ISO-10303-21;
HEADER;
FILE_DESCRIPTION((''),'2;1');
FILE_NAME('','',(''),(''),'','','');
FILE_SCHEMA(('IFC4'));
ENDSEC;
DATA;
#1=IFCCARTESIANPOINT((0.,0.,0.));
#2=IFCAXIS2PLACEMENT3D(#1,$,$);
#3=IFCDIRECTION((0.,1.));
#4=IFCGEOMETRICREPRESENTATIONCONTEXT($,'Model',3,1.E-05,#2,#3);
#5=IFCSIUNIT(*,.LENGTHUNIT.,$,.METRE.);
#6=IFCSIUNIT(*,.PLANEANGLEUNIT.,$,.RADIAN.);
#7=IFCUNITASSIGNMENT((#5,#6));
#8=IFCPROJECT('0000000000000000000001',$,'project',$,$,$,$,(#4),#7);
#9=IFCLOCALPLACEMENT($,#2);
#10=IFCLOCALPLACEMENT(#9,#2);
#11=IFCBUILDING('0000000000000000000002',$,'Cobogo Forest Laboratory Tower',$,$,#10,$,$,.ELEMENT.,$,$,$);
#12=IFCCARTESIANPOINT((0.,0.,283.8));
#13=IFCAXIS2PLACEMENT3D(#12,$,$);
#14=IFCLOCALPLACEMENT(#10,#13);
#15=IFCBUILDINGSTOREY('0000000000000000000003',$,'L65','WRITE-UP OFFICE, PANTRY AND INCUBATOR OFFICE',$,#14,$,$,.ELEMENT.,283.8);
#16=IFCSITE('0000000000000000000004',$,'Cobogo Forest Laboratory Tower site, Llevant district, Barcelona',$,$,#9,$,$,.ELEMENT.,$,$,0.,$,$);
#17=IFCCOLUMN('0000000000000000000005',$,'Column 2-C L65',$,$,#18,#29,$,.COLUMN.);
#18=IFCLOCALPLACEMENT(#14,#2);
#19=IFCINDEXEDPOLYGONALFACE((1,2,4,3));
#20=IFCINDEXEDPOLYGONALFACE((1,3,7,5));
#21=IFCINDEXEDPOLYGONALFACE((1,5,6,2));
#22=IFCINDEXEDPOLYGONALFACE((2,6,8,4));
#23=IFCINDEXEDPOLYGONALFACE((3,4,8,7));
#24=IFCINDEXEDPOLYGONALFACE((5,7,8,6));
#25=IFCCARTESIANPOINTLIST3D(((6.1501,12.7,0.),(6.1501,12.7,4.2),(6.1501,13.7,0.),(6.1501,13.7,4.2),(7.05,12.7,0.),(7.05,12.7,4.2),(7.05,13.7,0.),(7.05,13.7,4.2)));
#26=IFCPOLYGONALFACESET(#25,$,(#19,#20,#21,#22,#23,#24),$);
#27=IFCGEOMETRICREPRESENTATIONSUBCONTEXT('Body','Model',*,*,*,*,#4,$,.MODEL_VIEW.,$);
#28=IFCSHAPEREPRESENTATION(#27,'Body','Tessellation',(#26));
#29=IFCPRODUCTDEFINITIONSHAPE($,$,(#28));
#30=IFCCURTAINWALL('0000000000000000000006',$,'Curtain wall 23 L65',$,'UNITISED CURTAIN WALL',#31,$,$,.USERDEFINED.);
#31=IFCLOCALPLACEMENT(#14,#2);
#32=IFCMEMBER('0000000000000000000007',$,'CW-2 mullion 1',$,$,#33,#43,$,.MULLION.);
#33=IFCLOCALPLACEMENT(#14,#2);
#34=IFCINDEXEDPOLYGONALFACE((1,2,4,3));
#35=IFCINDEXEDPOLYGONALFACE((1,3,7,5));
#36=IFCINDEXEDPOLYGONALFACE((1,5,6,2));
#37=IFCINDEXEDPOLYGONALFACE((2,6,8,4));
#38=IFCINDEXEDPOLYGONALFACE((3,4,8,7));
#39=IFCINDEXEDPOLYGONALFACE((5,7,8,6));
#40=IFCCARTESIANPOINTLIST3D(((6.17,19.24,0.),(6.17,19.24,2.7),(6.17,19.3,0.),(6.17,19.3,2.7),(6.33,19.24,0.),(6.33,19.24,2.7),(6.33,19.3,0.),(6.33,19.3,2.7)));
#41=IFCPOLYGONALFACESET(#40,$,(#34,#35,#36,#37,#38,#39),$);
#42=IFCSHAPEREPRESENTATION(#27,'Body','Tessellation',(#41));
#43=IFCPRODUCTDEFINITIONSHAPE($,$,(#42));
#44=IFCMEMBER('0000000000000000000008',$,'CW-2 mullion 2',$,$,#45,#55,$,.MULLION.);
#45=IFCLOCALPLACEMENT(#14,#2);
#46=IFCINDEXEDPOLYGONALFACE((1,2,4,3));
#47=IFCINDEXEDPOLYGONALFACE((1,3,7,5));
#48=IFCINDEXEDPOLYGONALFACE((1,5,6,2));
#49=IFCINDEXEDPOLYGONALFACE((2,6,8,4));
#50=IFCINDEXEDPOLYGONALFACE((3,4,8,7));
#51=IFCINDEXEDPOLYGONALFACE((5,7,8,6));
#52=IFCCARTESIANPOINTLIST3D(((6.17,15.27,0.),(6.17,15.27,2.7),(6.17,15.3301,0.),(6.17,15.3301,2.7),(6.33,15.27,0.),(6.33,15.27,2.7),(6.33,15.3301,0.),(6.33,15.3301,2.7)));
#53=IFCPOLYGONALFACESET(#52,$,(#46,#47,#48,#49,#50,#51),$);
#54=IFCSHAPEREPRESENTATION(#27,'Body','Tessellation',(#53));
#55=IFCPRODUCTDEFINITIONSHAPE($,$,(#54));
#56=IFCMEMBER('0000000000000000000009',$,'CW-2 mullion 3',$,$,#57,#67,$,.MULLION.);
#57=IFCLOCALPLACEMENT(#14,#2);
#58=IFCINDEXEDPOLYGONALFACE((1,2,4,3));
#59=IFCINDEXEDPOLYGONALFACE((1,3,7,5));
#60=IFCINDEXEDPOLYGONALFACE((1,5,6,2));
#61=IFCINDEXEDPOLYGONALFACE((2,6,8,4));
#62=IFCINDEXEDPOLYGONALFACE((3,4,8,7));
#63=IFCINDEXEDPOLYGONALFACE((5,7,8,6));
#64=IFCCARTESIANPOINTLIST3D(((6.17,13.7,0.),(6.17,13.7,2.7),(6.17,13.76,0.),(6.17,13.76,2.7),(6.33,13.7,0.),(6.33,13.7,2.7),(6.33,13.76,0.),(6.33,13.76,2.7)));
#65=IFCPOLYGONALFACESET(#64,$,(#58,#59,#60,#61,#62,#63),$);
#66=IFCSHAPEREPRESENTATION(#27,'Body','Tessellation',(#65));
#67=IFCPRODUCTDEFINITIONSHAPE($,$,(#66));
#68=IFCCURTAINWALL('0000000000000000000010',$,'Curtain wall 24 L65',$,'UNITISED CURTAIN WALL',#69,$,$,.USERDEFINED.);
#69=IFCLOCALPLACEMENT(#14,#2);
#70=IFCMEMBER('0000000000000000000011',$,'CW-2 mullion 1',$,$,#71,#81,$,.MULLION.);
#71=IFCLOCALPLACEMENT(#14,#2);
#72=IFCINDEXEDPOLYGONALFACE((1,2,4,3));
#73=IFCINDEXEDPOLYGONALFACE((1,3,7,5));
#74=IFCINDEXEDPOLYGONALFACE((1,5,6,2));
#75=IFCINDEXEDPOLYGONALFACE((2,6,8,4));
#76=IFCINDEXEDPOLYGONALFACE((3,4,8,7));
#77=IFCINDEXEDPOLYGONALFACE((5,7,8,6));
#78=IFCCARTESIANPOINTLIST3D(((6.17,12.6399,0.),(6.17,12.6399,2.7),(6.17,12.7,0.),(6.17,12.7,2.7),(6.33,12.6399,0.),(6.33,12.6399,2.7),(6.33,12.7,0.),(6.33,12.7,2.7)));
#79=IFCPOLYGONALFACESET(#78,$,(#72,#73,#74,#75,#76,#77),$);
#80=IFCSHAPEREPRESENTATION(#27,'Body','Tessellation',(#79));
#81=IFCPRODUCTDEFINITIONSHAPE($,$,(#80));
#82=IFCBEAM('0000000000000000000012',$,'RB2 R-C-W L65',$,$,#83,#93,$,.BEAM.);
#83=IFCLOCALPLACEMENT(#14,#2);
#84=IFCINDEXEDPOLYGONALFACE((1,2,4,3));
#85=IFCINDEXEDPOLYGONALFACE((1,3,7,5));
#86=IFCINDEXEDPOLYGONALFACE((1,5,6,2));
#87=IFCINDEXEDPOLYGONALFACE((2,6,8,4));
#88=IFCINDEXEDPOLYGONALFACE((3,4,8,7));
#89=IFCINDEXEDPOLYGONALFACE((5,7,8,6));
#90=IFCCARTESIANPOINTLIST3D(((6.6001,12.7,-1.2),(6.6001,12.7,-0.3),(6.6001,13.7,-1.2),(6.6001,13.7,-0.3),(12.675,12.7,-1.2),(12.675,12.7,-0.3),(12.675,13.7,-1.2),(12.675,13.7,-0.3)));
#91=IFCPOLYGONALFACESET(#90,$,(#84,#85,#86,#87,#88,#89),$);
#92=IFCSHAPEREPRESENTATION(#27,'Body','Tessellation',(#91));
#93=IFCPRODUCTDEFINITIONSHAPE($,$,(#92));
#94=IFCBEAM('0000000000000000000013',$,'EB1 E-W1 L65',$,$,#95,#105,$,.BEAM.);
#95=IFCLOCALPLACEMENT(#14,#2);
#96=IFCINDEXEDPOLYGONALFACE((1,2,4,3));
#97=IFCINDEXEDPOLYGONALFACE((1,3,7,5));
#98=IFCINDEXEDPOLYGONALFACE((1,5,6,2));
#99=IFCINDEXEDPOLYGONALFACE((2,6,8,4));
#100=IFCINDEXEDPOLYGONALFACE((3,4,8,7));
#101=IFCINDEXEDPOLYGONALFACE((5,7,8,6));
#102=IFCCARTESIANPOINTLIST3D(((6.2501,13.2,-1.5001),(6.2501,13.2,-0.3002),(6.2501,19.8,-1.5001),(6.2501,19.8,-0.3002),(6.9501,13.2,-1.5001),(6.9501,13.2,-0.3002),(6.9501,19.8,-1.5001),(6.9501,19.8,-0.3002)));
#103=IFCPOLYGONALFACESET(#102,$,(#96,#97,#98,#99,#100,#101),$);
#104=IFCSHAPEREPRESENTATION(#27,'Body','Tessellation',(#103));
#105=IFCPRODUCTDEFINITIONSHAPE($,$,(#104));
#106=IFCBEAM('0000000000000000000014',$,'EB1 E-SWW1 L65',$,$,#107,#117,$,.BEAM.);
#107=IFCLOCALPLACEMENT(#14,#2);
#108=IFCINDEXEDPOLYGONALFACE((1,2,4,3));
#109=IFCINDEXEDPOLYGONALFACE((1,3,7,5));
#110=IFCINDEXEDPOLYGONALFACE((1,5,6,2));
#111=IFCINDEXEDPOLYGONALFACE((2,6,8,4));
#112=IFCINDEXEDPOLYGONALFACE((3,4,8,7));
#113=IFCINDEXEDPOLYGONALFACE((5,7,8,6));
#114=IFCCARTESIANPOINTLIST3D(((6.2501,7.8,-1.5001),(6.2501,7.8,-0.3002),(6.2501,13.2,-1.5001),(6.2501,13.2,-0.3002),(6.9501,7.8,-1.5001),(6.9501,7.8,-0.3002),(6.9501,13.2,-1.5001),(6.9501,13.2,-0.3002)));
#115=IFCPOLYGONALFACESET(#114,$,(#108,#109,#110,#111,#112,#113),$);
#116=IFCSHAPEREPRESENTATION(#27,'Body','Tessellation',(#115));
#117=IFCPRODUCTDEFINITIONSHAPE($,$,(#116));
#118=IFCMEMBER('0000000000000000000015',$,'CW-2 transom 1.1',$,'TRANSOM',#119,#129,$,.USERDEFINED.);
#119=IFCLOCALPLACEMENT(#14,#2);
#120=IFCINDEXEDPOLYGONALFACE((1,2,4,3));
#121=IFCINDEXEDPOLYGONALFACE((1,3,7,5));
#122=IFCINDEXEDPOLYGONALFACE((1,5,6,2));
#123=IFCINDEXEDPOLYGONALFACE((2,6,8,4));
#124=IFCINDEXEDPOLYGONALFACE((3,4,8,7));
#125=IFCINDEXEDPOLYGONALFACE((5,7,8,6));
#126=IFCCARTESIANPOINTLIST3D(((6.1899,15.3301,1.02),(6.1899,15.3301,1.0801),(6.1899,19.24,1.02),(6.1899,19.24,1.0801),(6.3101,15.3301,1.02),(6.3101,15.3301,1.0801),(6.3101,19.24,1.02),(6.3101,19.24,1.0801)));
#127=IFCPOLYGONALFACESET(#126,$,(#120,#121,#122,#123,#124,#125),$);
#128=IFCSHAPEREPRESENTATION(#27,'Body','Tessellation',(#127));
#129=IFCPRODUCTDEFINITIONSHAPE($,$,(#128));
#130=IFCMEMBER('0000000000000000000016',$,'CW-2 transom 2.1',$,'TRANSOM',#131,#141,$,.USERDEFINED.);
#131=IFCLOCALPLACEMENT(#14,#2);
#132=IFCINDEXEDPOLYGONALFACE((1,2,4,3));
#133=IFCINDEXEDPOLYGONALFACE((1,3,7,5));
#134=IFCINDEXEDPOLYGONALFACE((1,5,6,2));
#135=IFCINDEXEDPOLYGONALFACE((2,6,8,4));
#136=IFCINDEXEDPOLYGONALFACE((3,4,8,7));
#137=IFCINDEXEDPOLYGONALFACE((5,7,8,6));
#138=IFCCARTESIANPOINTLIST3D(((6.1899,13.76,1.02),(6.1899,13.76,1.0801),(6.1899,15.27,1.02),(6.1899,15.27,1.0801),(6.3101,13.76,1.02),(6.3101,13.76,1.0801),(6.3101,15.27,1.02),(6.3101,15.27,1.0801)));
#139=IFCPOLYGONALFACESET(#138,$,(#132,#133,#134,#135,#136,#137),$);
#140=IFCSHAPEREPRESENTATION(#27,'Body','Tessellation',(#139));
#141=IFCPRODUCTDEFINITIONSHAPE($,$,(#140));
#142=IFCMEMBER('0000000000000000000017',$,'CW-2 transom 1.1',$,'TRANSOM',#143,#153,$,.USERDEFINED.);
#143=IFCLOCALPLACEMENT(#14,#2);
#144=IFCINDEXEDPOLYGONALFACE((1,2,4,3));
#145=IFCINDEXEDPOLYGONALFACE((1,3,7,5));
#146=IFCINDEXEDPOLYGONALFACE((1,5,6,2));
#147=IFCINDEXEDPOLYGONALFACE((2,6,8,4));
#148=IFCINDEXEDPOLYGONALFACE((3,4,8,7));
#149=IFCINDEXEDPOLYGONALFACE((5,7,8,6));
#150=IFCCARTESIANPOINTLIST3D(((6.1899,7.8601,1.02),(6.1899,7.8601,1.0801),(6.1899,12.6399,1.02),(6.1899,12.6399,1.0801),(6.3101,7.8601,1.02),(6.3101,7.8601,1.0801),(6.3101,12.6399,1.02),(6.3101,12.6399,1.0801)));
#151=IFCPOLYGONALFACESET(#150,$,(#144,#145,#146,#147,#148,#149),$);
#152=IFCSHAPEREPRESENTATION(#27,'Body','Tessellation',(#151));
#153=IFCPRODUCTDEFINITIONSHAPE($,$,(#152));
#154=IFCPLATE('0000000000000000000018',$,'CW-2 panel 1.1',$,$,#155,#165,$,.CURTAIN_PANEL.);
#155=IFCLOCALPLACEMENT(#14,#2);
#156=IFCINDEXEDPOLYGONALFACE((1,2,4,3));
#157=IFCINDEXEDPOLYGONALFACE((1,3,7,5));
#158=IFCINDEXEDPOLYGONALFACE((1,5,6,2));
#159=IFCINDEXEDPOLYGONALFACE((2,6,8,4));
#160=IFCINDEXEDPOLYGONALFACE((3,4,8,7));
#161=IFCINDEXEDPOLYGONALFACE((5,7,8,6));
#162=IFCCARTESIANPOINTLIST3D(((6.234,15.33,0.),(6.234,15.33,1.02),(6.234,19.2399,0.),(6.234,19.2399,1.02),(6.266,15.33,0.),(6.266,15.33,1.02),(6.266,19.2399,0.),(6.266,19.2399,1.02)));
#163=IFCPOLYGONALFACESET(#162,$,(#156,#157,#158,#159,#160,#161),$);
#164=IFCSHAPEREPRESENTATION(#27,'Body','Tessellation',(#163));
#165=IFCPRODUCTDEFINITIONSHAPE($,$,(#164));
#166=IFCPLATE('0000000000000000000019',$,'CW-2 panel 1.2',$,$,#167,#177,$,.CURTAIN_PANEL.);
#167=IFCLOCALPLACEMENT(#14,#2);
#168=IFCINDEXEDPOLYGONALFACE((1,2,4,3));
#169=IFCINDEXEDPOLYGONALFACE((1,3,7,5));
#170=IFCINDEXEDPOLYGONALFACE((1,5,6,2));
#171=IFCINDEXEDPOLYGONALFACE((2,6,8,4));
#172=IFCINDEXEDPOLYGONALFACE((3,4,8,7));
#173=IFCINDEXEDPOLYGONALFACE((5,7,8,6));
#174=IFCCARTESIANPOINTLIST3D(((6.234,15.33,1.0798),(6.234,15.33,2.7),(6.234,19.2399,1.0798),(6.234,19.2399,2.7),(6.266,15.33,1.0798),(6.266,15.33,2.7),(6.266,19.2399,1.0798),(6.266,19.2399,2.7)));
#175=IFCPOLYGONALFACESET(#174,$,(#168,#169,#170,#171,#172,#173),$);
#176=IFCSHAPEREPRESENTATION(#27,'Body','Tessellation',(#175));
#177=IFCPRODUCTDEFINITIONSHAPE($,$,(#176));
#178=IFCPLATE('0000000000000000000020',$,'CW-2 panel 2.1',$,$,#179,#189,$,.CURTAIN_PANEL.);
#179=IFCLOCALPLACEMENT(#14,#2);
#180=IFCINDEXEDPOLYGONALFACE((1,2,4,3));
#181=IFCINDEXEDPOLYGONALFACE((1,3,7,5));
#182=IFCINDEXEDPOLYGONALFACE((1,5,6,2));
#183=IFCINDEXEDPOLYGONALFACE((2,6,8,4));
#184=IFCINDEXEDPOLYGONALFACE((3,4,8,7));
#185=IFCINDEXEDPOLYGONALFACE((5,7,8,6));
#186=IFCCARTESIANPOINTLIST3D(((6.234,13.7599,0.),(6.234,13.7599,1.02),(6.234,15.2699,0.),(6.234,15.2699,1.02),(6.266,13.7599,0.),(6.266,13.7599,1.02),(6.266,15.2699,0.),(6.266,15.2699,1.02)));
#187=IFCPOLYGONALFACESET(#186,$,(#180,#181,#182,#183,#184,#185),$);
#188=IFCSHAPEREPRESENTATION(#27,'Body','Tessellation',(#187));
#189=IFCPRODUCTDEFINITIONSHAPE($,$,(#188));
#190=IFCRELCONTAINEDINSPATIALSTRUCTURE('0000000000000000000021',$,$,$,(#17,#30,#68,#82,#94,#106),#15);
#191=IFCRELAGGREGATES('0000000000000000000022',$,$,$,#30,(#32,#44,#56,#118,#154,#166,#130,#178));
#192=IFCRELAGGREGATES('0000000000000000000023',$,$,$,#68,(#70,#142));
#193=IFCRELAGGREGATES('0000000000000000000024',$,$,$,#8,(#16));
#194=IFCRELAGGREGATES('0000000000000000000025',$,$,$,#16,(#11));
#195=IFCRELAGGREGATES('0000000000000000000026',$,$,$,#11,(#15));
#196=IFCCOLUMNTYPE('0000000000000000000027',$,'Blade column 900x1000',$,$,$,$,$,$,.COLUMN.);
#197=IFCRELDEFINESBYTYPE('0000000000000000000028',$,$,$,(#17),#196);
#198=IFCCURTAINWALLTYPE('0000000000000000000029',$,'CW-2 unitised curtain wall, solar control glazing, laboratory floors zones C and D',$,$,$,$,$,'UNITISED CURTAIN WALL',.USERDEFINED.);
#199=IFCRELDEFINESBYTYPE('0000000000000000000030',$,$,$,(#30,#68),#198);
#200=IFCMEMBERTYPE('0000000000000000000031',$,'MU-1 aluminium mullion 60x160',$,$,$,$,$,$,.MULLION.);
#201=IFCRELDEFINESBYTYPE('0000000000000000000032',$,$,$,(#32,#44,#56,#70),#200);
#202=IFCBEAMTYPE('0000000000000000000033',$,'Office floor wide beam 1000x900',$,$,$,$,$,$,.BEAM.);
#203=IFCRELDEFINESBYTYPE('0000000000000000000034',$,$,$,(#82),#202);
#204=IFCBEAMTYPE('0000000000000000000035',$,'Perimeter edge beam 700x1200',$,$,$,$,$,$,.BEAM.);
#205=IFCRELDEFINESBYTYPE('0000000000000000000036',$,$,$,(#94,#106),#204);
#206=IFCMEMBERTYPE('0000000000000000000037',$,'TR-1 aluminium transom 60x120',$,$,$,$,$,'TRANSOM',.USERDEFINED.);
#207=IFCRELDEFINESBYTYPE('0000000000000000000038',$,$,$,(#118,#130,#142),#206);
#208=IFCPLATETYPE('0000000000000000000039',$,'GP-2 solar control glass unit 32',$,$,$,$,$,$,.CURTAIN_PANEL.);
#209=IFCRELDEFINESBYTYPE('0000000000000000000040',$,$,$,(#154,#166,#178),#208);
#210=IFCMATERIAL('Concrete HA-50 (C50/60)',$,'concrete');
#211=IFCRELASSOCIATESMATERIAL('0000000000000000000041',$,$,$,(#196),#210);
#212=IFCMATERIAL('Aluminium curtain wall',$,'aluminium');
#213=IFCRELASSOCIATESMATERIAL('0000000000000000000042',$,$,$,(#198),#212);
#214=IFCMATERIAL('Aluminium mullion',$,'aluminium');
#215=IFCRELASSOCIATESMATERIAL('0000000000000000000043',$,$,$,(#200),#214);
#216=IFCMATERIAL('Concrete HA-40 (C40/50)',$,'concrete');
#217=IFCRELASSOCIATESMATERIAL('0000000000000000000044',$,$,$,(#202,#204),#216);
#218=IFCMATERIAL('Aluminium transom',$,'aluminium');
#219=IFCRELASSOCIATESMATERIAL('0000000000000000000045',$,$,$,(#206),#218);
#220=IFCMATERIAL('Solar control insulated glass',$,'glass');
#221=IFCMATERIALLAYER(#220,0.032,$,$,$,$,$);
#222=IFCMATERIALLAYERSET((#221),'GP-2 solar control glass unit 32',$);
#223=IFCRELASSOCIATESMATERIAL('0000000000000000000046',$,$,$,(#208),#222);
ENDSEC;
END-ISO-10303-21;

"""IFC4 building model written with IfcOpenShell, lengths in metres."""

from ifc_helpers import new_model, si_unit, direction, frame, origin, origin_2d, place, context, subcontext, project, spatial, rectangle, extrude, material, layer, layer_set, material_profile, profile_set, type_object, element, aggregate, save


model = new_model("IFC4")

# Units and contexts
model_context = context("Model", 3, precision=1e-05, world=origin(), true_north=direction((0.0, 1.0)))
body_context = subcontext(model_context, "Body", "Model", "MODEL_VIEW")
ifc_project = project(units=[si_unit("LENGTHUNIT", "METRE"), si_unit("PLANEANGLEUNIT", "RADIAN")], contexts=[model_context])

# Site, building, storey
site_placement = place(None, origin())
site = spatial("IfcSite", under=ifc_project, at=site_placement, Name="Cobogo Forest Laboratory Tower site, Llevant district, Barcelona", CompositionType="ELEMENT", RefElevation=0.0)
building_placement = place(site_placement, origin())
building = spatial("IfcBuilding", under=site, at=building_placement, Name="Cobogo Forest Laboratory Tower", CompositionType="ELEMENT")
storey_placement = place(building_placement, frame((0.0, 0.0, 283.8)))
storey = spatial("IfcBuildingStorey", under=building, at=storey_placement, Name="L65", Description="WRITE-UP OFFICE, PANTRY AND INCUBATOR OFFICE", CompositionType="ELEMENT", Elevation=283.8)

# Column
ifc_material_1 = material(Name="Concrete HA-50 (C50/60)", Category="concrete")
ifc_material_profile_1 = material_profile(ifc_material_1, rectangle(XDim=1.0, YDim=0.8999, at=origin_2d()), Name="RC 900x1000")
ifc_profile_set_1 = profile_set([ifc_material_profile_1], Name="Concrete HA-50 (C50/60)")
column_type = type_object("IfcColumnType", Name="Blade column 900x1000", PredefinedType="COLUMN", material=ifc_profile_set_1)
column_placement = place(storey_placement, frame((6.6001, 13.2, 0.0), z_axis=(0.0, 0.0, 1.0), x_axis=(0.0, 1.0, 0.0)))
element("IfcColumn", 1, at=column_placement, inside=storey, type_object=column_type, Name="Column 2-C L65", PredefinedType="COLUMN", context=body_context, shape_type="SweptSolid", body=[
    extrude(rectangle(XDim=1.0, YDim=0.8999, at=origin_2d()), origin(), (0.0, 0.0, 1.0), 4.2),
])

# Curtain wall, members
ifc_material_2 = material(Name="Aluminium curtain wall", Category="aluminium")
curtain_wall_type = type_object("IfcCurtainWallType", Name="CW-2 unitised curtain wall, solar control glazing, laboratory floors zones C and D", ElementType="UNITISED CURTAIN WALL", PredefinedType="USERDEFINED", material=ifc_material_2)
curtain_wall_1_placement = place(storey_placement, origin())
curtain_wall_1 = element("IfcCurtainWall", 2, at=curtain_wall_1_placement, inside=storey, type_object=curtain_wall_type, Name="Curtain wall 23 L65", ObjectType="UNITISED CURTAIN WALL", PredefinedType="USERDEFINED")
ifc_material_3 = material(Name="Aluminium mullion", Category="aluminium")
ifc_material_profile_2 = material_profile(ifc_material_3, rectangle(XDim=0.0601, YDim=0.1599, at=origin_2d()), Name="AL 60x160")
ifc_profile_set_2 = profile_set([ifc_material_profile_2], Name="Aluminium mullion")
member_type_1 = type_object("IfcMemberType", Name="MU-1 aluminium mullion 60x160", PredefinedType="MULLION", material=ifc_profile_set_2)
member_1_placement = place(storey_placement, frame((6.25, 19.27, 0.0), z_axis=(0.0, 0.0, 1.0), x_axis=(0.0, -1.0, 0.0)))
member_1 = element("IfcMember", 3, at=member_1_placement, type_object=member_type_1, Name="CW-2 mullion 1", PredefinedType="MULLION", context=body_context, shape_type="SweptSolid", body=[
    extrude(rectangle(XDim=0.0601, YDim=0.1599, at=origin_2d()), origin(), (0.0, 0.0, 1.0), 2.7),
])
member_2_placement = place(storey_placement, frame((6.25, 15.3, 0.0), z_axis=(0.0, 0.0, 1.0), x_axis=(0.0, -1.0, 0.0)))
member_2 = element("IfcMember", 4, at=member_2_placement, type_object=member_type_1, Name="CW-2 mullion 2", PredefinedType="MULLION", context=body_context, shape_type="SweptSolid", body=[
    extrude(rectangle(XDim=0.0601, YDim=0.1599, at=origin_2d()), origin(), (0.0, 0.0, 1.0), 2.7),
])
member_3_placement = place(storey_placement, frame((6.25, 13.73, 0.0), z_axis=(0.0, 0.0, 1.0), x_axis=(0.0, -1.0, 0.0)))
member_3 = element("IfcMember", 5, at=member_3_placement, type_object=member_type_1, Name="CW-2 mullion 3", PredefinedType="MULLION", context=body_context, shape_type="SweptSolid", body=[
    extrude(rectangle(XDim=0.0601, YDim=0.1599, at=origin_2d()), origin(), (0.0, 0.0, 1.0), 2.7),
])

# Curtain wall, member
curtain_wall_2_placement = place(storey_placement, origin())
curtain_wall_2 = element("IfcCurtainWall", 6, at=curtain_wall_2_placement, inside=storey, type_object=curtain_wall_type, Name="Curtain wall 24 L65", ObjectType="UNITISED CURTAIN WALL", PredefinedType="USERDEFINED")
member_4_placement = place(storey_placement, frame((6.25, 12.6699, 0.0), z_axis=(0.0, 0.0, 1.0), x_axis=(0.0, -1.0, 0.0)))
member_4 = element("IfcMember", 7, at=member_4_placement, type_object=member_type_1, Name="CW-2 mullion 1", PredefinedType="MULLION", context=body_context, shape_type="SweptSolid", body=[
    extrude(rectangle(XDim=0.0601, YDim=0.1599, at=origin_2d()), origin(), (0.0, 0.0, 1.0), 2.7),
])

# Beams
ifc_material_4 = material(Name="Concrete HA-40 (C40/50)", Category="concrete")
ifc_material_profile_3 = material_profile(ifc_material_4, rectangle(XDim=1.0, YDim=0.8999, at=origin_2d()), Name="RC 1000x900")
ifc_profile_set_3 = profile_set([ifc_material_profile_3], Name="Concrete HA-40 (C40/50)")
beam_type_1 = type_object("IfcBeamType", Name="Office floor wide beam 1000x900", PredefinedType="BEAM", material=ifc_profile_set_3)
beam_1_placement = place(storey_placement, frame((12.675, 13.2, -0.75), z_axis=(-1.0, 0.0, 0.0), x_axis=(0.0, -1.0, 0.0)))
element("IfcBeam", 8, at=beam_1_placement, inside=storey, type_object=beam_type_1, Name="RB2 R-C-W L65", PredefinedType="BEAM", context=body_context, shape_type="SweptSolid", body=[
    extrude(rectangle(XDim=1.0, YDim=0.8999, at=origin_2d()), origin(), (0.0, 0.0, 1.0), 6.075),
])
ifc_material_profile_4 = material_profile(ifc_material_4, rectangle(XDim=0.7, YDim=1.2, at=origin_2d()), Name="RC 700x1200")
ifc_profile_set_4 = profile_set([ifc_material_profile_4], Name="Concrete HA-40 (C40/50)")
beam_type_2 = type_object("IfcBeamType", Name="Perimeter edge beam 700x1200", PredefinedType="BEAM", material=ifc_profile_set_4)
beam_2_placement = place(storey_placement, frame((6.6001, 13.2, -0.9001), z_axis=(0.0, 1.0, 0.0), x_axis=(-1.0, 0.0, 0.0)))
element("IfcBeam", 9, at=beam_2_placement, inside=storey, type_object=beam_type_2, Name="EB1 E-W1 L65", PredefinedType="BEAM", context=body_context, shape_type="SweptSolid", body=[
    extrude(rectangle(XDim=0.7, YDim=1.2, at=origin_2d()), origin(), (0.0, 0.0, 1.0), 6.6001),
])
beam_3_placement = place(storey_placement, frame((6.6001, 13.2, -0.9001), z_axis=(0.0, -1.0, 0.0), x_axis=(1.0, 0.0, 0.0)))
element("IfcBeam", 10, at=beam_3_placement, inside=storey, type_object=beam_type_2, Name="EB1 E-SWW1 L65", PredefinedType="BEAM", context=body_context, shape_type="SweptSolid", body=[
    extrude(rectangle(XDim=0.7, YDim=1.2, at=origin_2d()), origin(), (0.0, 0.0, 1.0), 5.3999),
])

# Members
ifc_material_5 = material(Name="Aluminium transom", Category="aluminium")
ifc_material_profile_5 = material_profile(ifc_material_5, rectangle(XDim=0.1201, YDim=0.0601, at=origin_2d()), Name="AL 60x120")
ifc_profile_set_5 = profile_set([ifc_material_profile_5], Name="Aluminium transom")
member_type_2 = type_object("IfcMemberType", Name="TR-1 aluminium transom 60x120", ElementType="TRANSOM", PredefinedType="USERDEFINED", material=ifc_profile_set_5)
member_5_placement = place(storey_placement, frame((6.25, 19.24, 1.05), z_axis=(0.0, -1.0, 0.0), x_axis=(1.0, 0.0, 0.0)))
member_5 = element("IfcMember", 11, at=member_5_placement, type_object=member_type_2, Name="CW-2 transom 1.1", ObjectType="TRANSOM", PredefinedType="USERDEFINED", context=body_context, shape_type="SweptSolid", body=[
    extrude(rectangle(XDim=0.1201, YDim=0.0601, at=origin_2d()), origin(), (0.0, 0.0, 1.0), 3.9099),
])
member_6_placement = place(storey_placement, frame((6.25, 15.27, 1.05), z_axis=(0.0, -1.0, 0.0), x_axis=(1.0, 0.0, 0.0)))
member_6 = element("IfcMember", 12, at=member_6_placement, type_object=member_type_2, Name="CW-2 transom 2.1", ObjectType="TRANSOM", PredefinedType="USERDEFINED", context=body_context, shape_type="SweptSolid", body=[
    extrude(rectangle(XDim=0.1201, YDim=0.0601, at=origin_2d()), origin(), (0.0, 0.0, 1.0), 1.51),
])
member_7_placement = place(storey_placement, frame((6.25, 12.6399, 1.05), z_axis=(0.0, -1.0, 0.0), x_axis=(1.0, 0.0, 0.0)))
member_7 = element("IfcMember", 13, at=member_7_placement, type_object=member_type_2, Name="CW-2 transom 1.1", ObjectType="TRANSOM", PredefinedType="USERDEFINED", context=body_context, shape_type="SweptSolid", body=[
    extrude(rectangle(XDim=0.1201, YDim=0.0601, at=origin_2d()), origin(), (0.0, 0.0, 1.0), 4.7798),
])

# Plates
ifc_material_6 = material(Name="Solar control insulated glass", Category="glass")
ifc_layer_1 = layer(ifc_material_6, 0.032)
ifc_layer_set_1 = layer_set([ifc_layer_1], Name="GP-2 solar control glass unit 32")
plate_type_1 = type_object("IfcPlateType", Name="GP-2 solar control glass unit 32", PredefinedType="CURTAIN_PANEL", material=ifc_layer_set_1)
plate_1_placement = place(storey_placement, frame((6.25, 17.2849, 0.0), z_axis=(0.0, 0.0, 1.0), x_axis=(0.0, -1.0, 0.0)))
plate_1 = element("IfcPlate", 14, at=plate_1_placement, type_object=plate_type_1, Name="CW-2 panel 1.1", PredefinedType="CURTAIN_PANEL", context=body_context, shape_type="SweptSolid", body=[
    extrude(rectangle(XDim=3.9099, YDim=0.032, at=origin_2d()), origin(), (0.0, 0.0, 1.0), 1.02),
])
plate_2_placement = place(storey_placement, frame((6.25, 17.2849, 1.0798), z_axis=(0.0, 0.0, 1.0), x_axis=(0.0, -1.0, 0.0)))
plate_2 = element("IfcPlate", 15, at=plate_2_placement, type_object=plate_type_1, Name="CW-2 panel 1.2", PredefinedType="CURTAIN_PANEL", context=body_context, shape_type="SweptSolid", body=[
    extrude(rectangle(XDim=3.9099, YDim=0.032, at=origin_2d()), origin(), (0.0, 0.0, 1.0), 1.6201),
])
plate_3_placement = place(storey_placement, frame((6.25, 14.5149, 0.0), z_axis=(0.0, 0.0, 1.0), x_axis=(0.0, -1.0, 0.0)))
plate_3 = element("IfcPlate", 16, at=plate_3_placement, type_object=plate_type_1, Name="CW-2 panel 2.1", PredefinedType="CURTAIN_PANEL", context=body_context, shape_type="SweptSolid", body=[
    extrude(rectangle(XDim=1.51, YDim=0.032, at=origin_2d()), origin(), (0.0, 0.0, 1.0), 1.02),
])
aggregate(curtain_wall_1, [member_1, member_2, member_3, member_5, plate_1, plate_2, member_6, plate_3])
aggregate(curtain_wall_2, [member_4, member_7])

save(model, "model.ifc")
